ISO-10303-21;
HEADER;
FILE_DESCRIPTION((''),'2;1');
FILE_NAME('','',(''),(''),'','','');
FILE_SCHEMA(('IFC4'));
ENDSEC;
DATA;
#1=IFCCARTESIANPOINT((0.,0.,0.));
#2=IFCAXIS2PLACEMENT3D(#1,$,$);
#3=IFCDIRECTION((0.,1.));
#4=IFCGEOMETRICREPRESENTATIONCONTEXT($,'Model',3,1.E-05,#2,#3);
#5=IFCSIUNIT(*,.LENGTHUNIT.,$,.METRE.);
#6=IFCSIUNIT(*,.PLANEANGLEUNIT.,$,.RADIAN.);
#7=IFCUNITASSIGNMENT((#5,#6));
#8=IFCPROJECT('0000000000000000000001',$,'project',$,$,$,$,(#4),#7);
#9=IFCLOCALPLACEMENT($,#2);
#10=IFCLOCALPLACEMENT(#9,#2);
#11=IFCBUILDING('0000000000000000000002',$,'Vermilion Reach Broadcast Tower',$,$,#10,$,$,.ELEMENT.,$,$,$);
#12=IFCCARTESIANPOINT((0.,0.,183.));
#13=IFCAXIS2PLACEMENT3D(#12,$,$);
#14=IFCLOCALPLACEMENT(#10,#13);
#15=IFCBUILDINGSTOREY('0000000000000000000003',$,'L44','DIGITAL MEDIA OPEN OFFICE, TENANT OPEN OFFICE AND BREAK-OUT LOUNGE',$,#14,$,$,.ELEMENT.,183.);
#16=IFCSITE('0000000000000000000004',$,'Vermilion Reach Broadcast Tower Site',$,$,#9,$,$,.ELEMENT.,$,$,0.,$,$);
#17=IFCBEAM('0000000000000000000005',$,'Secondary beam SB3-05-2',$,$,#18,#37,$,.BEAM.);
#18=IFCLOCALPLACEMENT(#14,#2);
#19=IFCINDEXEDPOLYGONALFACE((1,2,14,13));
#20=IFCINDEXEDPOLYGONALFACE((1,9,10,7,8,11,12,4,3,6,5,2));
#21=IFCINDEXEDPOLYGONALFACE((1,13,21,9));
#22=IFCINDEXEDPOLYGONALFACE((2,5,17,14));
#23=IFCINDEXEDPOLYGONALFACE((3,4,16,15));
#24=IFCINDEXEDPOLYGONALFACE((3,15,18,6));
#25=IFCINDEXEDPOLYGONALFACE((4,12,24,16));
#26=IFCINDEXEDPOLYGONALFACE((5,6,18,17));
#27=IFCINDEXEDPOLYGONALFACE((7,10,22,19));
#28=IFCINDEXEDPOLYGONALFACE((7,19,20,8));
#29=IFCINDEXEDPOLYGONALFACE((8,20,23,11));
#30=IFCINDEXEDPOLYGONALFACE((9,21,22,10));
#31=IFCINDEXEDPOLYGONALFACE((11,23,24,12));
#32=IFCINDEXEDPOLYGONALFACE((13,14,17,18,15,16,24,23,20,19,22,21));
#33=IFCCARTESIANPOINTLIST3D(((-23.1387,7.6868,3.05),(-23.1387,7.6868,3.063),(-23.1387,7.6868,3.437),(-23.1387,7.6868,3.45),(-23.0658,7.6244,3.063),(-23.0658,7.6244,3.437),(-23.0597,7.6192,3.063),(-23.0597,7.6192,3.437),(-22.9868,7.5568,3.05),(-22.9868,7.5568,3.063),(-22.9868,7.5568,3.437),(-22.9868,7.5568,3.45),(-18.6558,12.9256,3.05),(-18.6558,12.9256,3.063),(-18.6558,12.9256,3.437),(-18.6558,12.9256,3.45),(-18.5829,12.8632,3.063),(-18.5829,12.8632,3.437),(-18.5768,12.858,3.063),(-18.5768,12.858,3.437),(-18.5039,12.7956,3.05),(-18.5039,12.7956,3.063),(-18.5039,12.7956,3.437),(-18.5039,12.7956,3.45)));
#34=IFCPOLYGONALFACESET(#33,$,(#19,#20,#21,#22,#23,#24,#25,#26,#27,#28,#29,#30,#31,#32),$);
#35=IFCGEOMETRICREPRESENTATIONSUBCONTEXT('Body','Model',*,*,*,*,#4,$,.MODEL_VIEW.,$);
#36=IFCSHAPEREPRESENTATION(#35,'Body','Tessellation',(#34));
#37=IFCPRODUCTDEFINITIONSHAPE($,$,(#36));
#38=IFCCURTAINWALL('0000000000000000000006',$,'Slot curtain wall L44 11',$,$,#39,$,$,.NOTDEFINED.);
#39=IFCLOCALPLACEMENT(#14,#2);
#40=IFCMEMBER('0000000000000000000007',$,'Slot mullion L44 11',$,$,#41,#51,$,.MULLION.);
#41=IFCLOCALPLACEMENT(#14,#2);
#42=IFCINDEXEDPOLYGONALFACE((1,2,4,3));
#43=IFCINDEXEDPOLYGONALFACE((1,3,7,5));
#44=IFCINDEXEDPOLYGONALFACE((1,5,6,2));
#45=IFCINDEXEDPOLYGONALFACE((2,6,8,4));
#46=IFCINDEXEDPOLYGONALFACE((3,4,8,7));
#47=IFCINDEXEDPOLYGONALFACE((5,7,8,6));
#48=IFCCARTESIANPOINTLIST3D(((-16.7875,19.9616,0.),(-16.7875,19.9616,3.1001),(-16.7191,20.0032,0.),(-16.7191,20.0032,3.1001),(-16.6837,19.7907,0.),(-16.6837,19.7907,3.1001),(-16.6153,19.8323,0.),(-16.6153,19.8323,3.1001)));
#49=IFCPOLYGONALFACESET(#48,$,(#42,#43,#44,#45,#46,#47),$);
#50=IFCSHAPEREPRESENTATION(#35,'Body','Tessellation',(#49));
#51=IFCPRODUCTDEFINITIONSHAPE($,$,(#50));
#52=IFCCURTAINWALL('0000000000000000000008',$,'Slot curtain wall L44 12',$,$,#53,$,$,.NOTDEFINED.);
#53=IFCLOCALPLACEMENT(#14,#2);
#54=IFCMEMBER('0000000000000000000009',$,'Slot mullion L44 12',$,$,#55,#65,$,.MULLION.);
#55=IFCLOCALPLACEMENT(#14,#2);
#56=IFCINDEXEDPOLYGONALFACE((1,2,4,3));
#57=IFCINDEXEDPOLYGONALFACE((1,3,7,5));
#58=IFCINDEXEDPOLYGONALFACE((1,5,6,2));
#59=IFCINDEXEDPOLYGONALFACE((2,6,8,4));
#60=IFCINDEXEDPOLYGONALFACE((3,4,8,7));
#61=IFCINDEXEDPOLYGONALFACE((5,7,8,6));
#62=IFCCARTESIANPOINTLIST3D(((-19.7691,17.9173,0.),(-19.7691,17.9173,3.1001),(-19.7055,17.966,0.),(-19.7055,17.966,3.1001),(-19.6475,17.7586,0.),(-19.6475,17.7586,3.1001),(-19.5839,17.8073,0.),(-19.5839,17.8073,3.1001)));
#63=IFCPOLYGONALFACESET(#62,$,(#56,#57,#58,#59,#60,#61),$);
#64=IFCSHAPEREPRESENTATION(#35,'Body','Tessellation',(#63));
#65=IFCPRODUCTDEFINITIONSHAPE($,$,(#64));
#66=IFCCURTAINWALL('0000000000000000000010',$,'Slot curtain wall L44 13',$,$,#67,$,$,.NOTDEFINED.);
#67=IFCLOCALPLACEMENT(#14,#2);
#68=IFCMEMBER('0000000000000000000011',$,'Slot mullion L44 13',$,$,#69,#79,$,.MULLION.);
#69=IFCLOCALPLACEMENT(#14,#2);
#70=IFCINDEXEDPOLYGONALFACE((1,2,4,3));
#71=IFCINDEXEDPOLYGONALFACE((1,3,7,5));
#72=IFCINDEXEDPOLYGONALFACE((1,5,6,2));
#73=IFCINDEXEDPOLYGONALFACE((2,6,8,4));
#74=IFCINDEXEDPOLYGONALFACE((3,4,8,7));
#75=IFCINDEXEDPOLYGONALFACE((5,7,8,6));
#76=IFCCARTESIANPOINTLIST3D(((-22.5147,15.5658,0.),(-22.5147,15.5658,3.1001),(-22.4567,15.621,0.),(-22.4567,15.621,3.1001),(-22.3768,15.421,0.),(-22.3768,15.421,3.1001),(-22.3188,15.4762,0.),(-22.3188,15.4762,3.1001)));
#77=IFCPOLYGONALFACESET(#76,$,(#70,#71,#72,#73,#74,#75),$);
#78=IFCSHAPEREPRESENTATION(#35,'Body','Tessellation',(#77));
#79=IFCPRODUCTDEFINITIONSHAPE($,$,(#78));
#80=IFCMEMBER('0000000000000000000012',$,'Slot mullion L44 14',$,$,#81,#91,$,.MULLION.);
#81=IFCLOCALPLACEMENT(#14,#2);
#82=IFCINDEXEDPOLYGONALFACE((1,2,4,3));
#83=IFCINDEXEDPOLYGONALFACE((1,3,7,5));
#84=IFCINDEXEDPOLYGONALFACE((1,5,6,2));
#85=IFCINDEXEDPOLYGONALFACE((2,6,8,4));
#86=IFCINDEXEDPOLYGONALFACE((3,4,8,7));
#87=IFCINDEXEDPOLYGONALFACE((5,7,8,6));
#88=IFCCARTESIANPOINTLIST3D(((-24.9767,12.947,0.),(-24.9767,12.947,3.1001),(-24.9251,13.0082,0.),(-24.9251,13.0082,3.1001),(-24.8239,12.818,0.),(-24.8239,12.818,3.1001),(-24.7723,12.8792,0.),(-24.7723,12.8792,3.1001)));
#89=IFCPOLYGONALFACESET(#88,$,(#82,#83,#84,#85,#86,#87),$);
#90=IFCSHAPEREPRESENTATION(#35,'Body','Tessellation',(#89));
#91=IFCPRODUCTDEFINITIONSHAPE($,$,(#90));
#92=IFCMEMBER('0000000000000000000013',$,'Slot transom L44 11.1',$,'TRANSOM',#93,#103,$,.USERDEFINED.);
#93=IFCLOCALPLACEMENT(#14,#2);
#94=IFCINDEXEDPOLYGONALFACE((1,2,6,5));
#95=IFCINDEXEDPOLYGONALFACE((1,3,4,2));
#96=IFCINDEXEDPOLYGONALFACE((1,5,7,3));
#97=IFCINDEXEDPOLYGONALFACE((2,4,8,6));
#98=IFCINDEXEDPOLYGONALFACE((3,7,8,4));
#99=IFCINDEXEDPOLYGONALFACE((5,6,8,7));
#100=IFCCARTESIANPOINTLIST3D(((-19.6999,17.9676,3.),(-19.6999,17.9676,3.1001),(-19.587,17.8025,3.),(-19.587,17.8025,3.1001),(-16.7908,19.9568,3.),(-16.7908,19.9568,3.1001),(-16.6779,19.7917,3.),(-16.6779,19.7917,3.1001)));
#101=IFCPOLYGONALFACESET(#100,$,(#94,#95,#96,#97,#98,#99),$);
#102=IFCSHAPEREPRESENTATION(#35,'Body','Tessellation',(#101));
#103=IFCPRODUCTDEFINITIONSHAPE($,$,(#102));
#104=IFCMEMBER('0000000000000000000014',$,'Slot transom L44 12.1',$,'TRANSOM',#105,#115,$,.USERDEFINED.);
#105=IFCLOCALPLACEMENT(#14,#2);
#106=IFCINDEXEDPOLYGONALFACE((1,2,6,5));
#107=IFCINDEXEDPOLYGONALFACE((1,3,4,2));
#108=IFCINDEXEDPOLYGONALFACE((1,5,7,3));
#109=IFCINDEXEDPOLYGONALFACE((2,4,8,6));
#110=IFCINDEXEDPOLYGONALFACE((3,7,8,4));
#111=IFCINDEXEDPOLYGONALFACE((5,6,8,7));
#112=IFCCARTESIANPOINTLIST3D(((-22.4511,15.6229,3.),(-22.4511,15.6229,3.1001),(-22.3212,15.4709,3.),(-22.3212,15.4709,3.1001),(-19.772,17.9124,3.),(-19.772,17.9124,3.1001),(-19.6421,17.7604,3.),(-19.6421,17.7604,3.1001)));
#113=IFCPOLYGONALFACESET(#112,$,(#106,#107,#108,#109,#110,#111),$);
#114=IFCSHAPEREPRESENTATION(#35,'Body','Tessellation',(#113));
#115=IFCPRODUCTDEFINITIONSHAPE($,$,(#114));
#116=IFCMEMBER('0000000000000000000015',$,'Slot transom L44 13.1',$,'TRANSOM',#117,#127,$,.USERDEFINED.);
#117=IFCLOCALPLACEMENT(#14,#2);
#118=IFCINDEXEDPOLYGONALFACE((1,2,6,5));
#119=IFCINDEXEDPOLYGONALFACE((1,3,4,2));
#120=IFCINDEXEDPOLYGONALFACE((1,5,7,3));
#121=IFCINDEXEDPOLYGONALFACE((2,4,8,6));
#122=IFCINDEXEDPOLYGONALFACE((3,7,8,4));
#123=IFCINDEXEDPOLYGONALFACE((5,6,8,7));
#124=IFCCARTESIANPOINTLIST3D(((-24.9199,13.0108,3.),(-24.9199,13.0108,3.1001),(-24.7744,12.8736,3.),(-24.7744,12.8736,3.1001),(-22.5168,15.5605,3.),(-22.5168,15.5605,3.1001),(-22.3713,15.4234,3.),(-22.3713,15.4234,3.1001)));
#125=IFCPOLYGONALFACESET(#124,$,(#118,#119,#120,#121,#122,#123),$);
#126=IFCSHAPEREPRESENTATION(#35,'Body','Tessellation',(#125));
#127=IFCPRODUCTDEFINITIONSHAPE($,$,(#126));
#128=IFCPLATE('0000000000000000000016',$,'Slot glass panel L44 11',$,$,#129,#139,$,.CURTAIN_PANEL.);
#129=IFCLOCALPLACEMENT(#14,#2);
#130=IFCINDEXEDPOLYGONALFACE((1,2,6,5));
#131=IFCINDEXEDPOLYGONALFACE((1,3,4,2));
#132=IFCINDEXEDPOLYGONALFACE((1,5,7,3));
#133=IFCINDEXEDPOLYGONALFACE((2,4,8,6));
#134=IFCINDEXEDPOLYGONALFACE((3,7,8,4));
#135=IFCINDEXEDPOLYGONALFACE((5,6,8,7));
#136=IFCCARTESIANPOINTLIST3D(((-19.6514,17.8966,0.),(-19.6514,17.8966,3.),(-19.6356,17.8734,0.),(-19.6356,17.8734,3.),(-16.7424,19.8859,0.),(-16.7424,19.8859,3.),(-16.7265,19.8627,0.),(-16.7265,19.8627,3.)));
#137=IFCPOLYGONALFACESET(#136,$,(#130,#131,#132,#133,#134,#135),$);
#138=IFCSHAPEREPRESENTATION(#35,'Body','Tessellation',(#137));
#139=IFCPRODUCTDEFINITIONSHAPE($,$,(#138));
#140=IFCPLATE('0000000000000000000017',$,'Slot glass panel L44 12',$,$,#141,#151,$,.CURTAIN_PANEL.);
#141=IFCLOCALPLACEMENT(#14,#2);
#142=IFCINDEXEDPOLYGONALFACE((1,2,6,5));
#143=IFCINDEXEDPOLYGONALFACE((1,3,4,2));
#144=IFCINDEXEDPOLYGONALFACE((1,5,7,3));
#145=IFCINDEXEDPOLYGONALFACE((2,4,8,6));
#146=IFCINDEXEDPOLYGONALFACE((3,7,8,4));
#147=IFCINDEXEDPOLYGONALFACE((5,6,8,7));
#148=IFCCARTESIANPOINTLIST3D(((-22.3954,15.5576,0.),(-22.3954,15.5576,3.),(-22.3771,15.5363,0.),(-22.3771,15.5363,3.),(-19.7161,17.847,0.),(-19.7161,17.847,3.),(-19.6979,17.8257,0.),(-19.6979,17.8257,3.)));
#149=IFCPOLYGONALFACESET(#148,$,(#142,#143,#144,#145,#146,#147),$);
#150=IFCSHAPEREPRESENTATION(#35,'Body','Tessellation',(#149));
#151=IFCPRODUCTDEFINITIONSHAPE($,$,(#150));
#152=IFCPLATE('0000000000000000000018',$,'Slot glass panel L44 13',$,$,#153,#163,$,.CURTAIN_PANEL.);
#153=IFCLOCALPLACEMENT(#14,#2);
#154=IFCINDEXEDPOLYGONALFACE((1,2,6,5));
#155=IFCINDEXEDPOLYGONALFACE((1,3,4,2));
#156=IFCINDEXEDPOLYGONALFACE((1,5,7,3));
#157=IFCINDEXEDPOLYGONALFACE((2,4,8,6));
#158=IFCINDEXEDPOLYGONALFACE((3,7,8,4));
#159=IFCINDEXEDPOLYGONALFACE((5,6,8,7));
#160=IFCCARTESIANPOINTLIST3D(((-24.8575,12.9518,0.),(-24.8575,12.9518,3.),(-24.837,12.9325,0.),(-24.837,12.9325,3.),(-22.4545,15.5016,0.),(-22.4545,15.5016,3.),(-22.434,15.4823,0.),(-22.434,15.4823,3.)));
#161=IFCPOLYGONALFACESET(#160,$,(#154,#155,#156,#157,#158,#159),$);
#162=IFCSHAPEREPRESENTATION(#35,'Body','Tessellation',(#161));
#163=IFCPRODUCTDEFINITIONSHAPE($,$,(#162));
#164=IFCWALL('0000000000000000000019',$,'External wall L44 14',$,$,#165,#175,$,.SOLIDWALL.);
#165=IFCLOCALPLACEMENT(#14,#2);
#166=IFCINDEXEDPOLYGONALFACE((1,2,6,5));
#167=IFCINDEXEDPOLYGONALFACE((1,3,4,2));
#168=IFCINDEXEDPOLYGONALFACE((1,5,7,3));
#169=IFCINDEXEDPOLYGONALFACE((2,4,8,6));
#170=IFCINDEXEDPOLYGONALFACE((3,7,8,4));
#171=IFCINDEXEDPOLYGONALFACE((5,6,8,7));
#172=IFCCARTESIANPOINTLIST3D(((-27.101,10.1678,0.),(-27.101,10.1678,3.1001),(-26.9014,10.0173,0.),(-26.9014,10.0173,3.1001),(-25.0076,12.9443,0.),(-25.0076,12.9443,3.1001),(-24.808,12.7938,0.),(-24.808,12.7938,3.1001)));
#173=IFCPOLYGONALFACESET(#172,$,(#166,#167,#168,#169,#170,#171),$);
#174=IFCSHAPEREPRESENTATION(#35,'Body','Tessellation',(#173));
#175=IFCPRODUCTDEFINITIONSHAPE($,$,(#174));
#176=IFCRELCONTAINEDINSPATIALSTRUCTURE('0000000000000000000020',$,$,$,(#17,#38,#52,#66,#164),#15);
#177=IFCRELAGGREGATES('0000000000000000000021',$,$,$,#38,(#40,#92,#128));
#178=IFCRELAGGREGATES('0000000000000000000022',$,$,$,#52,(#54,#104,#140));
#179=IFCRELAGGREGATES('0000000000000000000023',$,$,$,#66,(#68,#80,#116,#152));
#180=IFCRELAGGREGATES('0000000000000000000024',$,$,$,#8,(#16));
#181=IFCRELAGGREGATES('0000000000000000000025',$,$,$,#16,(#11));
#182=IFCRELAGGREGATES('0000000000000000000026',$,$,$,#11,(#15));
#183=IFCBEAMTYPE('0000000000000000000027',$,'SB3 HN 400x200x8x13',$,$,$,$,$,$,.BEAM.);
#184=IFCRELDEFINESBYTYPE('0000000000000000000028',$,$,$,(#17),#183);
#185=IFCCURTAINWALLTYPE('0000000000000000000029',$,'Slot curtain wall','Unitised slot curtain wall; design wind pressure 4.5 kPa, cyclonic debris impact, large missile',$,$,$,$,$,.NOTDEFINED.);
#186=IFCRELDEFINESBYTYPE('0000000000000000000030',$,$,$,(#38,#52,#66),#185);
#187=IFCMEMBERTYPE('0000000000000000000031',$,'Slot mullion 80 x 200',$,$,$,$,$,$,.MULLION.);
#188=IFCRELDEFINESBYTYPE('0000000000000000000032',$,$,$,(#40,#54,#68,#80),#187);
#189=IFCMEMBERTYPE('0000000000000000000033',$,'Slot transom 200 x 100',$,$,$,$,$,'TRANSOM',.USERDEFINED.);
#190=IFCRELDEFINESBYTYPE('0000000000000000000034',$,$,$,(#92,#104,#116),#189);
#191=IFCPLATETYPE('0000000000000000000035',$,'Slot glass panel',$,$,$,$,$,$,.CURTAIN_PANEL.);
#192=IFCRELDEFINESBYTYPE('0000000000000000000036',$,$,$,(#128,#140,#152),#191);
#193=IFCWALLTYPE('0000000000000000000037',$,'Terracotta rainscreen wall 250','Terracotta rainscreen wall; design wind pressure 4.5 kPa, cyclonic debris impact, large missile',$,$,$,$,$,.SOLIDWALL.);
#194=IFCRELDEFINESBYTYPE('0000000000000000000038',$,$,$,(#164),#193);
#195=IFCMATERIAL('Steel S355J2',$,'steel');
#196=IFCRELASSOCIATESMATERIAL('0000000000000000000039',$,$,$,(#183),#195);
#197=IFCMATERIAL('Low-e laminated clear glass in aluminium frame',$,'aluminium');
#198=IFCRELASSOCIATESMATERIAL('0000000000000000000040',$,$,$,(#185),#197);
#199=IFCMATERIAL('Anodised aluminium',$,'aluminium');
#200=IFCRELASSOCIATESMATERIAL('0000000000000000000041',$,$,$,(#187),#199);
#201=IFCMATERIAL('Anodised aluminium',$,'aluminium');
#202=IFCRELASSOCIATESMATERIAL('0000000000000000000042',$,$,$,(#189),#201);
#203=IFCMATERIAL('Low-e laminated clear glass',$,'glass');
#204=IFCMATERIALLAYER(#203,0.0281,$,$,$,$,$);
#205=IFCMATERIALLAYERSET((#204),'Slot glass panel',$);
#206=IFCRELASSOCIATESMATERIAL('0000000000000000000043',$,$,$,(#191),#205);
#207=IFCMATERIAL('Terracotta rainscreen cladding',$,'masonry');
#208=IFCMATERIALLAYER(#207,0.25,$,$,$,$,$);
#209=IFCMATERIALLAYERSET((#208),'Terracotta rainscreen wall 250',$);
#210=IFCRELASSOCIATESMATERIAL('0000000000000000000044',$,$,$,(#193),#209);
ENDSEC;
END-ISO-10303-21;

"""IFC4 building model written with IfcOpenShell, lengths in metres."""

from ifc_helpers import new_model, si_unit, direction, frame, frame_2d, origin, origin_2d, place, context, subcontext, project, spatial, rectangle, i_section, extrude, material, layer, layer_set, material_profile, profile_set, type_object, element, aggregate, save


model = new_model("IFC4")

# Units and contexts
model_context = context("Model", 3, precision=1e-05, world=origin(), true_north=direction((0.0, 1.0)))
body_context = subcontext(model_context, "Body", "Model", "MODEL_VIEW")
ifc_project = project(units=[si_unit("LENGTHUNIT", "METRE"), si_unit("PLANEANGLEUNIT", "RADIAN")], contexts=[model_context])

# Site, building, storey
site_placement = place(None, origin())
site = spatial("IfcSite", under=ifc_project, at=site_placement, Name="Vermilion Reach Broadcast Tower Site", CompositionType="ELEMENT", RefElevation=0.0)
building_placement = place(site_placement, origin())
building = spatial("IfcBuilding", under=site, at=building_placement, Name="Vermilion Reach Broadcast Tower", CompositionType="ELEMENT")
storey_placement = place(building_placement, frame((0.0, 0.0, 183.0)))
storey = spatial("IfcBuildingStorey", under=building, at=storey_placement, Name="L44", Description="DIGITAL MEDIA OPEN OFFICE, TENANT OPEN OFFICE AND BREAK-OUT LOUNGE", CompositionType="ELEMENT", Elevation=183.0)

# Beam
ifc_material_1 = material(Name="Steel S355J2", Category="steel")
ifc_material_profile_1 = material_profile(ifc_material_1, i_section(OverallWidth=0.2, OverallDepth=0.3999, WebThickness=0.0081, FlangeThickness=0.0129, at=origin_2d()), Name="S355J2 HN 400x200x8x13")
ifc_profile_set_1 = profile_set([ifc_material_profile_1], Name="Steel S355J2")
beam_type_1 = type_object("IfcBeamType", Name="SB3 HN 400x200x8x13", PredefinedType="BEAM", material=ifc_profile_set_1)
beam_1_placement = place(storey_placement, frame((-18.5798, 12.8606, 3.25), z_axis=(-0.650167, -0.759791, 0.0), x_axis=(0.759791, -0.650167, 0.0)))
element("IfcBeam", 1, at=beam_1_placement, inside=storey, type_object=beam_type_1, Name="Secondary beam SB3-05-2", PredefinedType="BEAM", context=body_context, shape_type="SweptSolid", body=[
    extrude(i_section(OverallWidth=0.2, OverallDepth=0.3999, WebThickness=0.0081, FlangeThickness=0.0129, at=origin_2d()), origin(), (0.0, 0.0, 1.0), 6.895),
])

# Curtain walls, members
ifc_material_2 = material(Name="Low-e laminated clear glass in aluminium frame", Category="aluminium")
curtain_wall_type = type_object("IfcCurtainWallType", Name="Slot curtain wall", Description="Unitised slot curtain wall; design wind pressure 4.5 kPa, cyclonic debris impact, large missile", PredefinedType="NOTDEFINED", material=ifc_material_2)
placement = place(storey_placement, origin())
curtain_wall_1 = element("IfcCurtainWall", 2, at=placement, inside=storey, type_object=curtain_wall_type, Name="Slot curtain wall L44 11", PredefinedType="NOTDEFINED")
ifc_material_3 = material(Name="Anodised aluminium", Category="aluminium")
ifc_material_profile_2 = material_profile(ifc_material_3, rectangle(XDim=0.2, YDim=0.0801, at=origin_2d()), Name="Slot mullion 80 x 200")
ifc_profile_set_2 = profile_set([ifc_material_profile_2], Name="Anodised aluminium")
member_type_1 = type_object("IfcMemberType", Name="Slot mullion 80 x 200", PredefinedType="MULLION", material=ifc_profile_set_2)
member_1_placement = place(storey_placement, frame((-16.7014, 19.897, 0.0), z_axis=(0.0, 0.0, 1.0), x_axis=(0.519132, -0.854694, 0.0)))
member_1 = element("IfcMember", 3, at=member_1_placement, type_object=member_type_1, Name="Slot mullion L44 11", PredefinedType="MULLION", context=body_context, shape_type="SweptSolid", body=[
    extrude(rectangle(XDim=0.2, YDim=0.0801, at=origin_2d()), origin(), (0.0, 0.0, 1.0), 3.1001),
])
curtain_wall_2 = element("IfcCurtainWall", 4, at=placement, inside=storey, type_object=curtain_wall_type, Name="Slot curtain wall L44 12", PredefinedType="NOTDEFINED")
member_2_placement = place(storey_placement, frame((-19.6765, 17.8623, 0.0), z_axis=(0.0, 0.0, 1.0), x_axis=(0.60793, -0.79399, 0.0)))
member_2 = element("IfcMember", 5, at=member_2_placement, type_object=member_type_1, Name="Slot mullion L44 12", PredefinedType="MULLION", context=body_context, shape_type="SweptSolid", body=[
    extrude(rectangle(XDim=0.2, YDim=0.0801, at=origin_2d()), origin(), (0.0, 0.0, 1.0), 3.1001),
])

# Curtain wall, members
curtain_wall_3 = element("IfcCurtainWall", 6, at=placement, inside=storey, type_object=curtain_wall_type, Name="Slot curtain wall L44 13", PredefinedType="NOTDEFINED")
member_3_placement = place(storey_placement, frame((-22.4167, 15.521, 0.0), z_axis=(0.0, 0.0, 1.0), x_axis=(0.689694, -0.724101, 0.0)))
member_3 = element("IfcMember", 7, at=member_3_placement, type_object=member_type_1, Name="Slot mullion L44 13", PredefinedType="MULLION", context=body_context, shape_type="SweptSolid", body=[
    extrude(rectangle(XDim=0.2, YDim=0.0801, at=origin_2d()), origin(), (0.0, 0.0, 1.0), 3.1001),
])
member_4_placement = place(storey_placement, frame((-24.8745, 12.9131, 0.0), z_axis=(0.0, 0.0, 1.0), x_axis=(0.764258, -0.644911, 0.0)))
member_4 = element("IfcMember", 8, at=member_4_placement, type_object=member_type_1, Name="Slot mullion L44 14", PredefinedType="MULLION", context=body_context, shape_type="SweptSolid", body=[
    extrude(rectangle(XDim=0.2, YDim=0.0801, at=origin_2d()), origin(), (0.0, 0.0, 1.0), 3.1001),
])

# Members
ifc_material_4 = material(Name="Anodised aluminium", Category="aluminium")
ifc_material_profile_3 = material_profile(ifc_material_4, rectangle(XDim=0.2, YDim=0.1001, at=origin_2d()), Name="Slot transom 200 x 100")
ifc_profile_set_3 = profile_set([ifc_material_profile_3], Name="Anodised aluminium")
member_type_2 = type_object("IfcMemberType", Name="Slot transom 200 x 100", ElementType="TRANSOM", PredefinedType="USERDEFINED", material=ifc_profile_set_3)
member_5_placement = place(storey_placement, frame((-16.7344, 19.8743, 3.05), z_axis=(-0.82547, -0.564445, 0.0), x_axis=(0.564445, -0.82547, 0.0)))
member_5 = element("IfcMember", 9, at=member_5_placement, type_object=member_type_2, Name="Slot transom L44 11.1", ObjectType="TRANSOM", PredefinedType="USERDEFINED", context=body_context, shape_type="SweptSolid", body=[
    extrude(rectangle(XDim=0.2, YDim=0.1001, at=origin_2d()), origin(), (0.0, 0.0, 1.0), 3.5242),
])
member_6_placement = place(storey_placement, frame((-19.707, 17.8364, 3.05), z_axis=(-0.760224, -0.649661, 0.0), x_axis=(0.649661, -0.760224, 0.0)))
member_6 = element("IfcMember", 10, at=member_6_placement, type_object=member_type_2, Name="Slot transom L44 12.1", ObjectType="TRANSOM", PredefinedType="USERDEFINED", context=body_context, shape_type="SweptSolid", body=[
    extrude(rectangle(XDim=0.2, YDim=0.1001, at=origin_2d()), origin(), (0.0, 0.0, 1.0), 3.5242),
])
member_7_placement = place(storey_placement, frame((-22.4441, 15.4919, 3.05), z_axis=(-0.685858, -0.727735, 0.0), x_axis=(0.727735, -0.685858, 0.0)))
member_7 = element("IfcMember", 11, at=member_7_placement, type_object=member_type_2, Name="Slot transom L44 13.1", ObjectType="TRANSOM", PredefinedType="USERDEFINED", context=body_context, shape_type="SweptSolid", body=[
    extrude(rectangle(XDim=0.2, YDim=0.1001, at=origin_2d()), origin(), (0.0, 0.0, 1.0), 3.5037),
])

# Plates
ifc_material_5 = material(Name="Low-e laminated clear glass", Category="glass")
ifc_layer_1 = layer(ifc_material_5, 0.0281)
ifc_layer_set_1 = layer_set([ifc_layer_1], Name="Slot glass panel")
plate_type = type_object("IfcPlateType", Name="Slot glass panel", PredefinedType="CURTAIN_PANEL", material=ifc_layer_set_1)
plate_1_placement = place(storey_placement, frame((-18.189, 18.8796, 0.0), z_axis=(0.0, 0.0, 1.0), x_axis=(-0.825452, -0.564473, 0.0)))
plate_1 = element("IfcPlate", 12, at=plate_1_placement, type_object=plate_type, Name="Slot glass panel L44 11", PredefinedType="CURTAIN_PANEL", context=body_context, shape_type="SweptSolid", body=[
    extrude(rectangle(XDim=3.5242, YDim=0.0281, at=origin_2d()), origin(), (0.0, 0.0, 1.0), 3.0),
])
aggregate(curtain_wall_1, [member_1, member_5, plate_1])
plate_2_placement = place(storey_placement, frame((-21.0466, 16.6917, 0.0), z_axis=(0.0, 0.0, 1.0), x_axis=(-0.760244, -0.649638, 0.0)))
plate_2 = element("IfcPlate", 13, at=plate_2_placement, type_object=plate_type, Name="Slot glass panel L44 12", PredefinedType="CURTAIN_PANEL", context=body_context, shape_type="SweptSolid", body=[
    extrude(rectangle(XDim=3.5242, YDim=0.0281, at=origin_2d()), origin(), (0.0, 0.0, 1.0), 3.0),
])
aggregate(curtain_wall_2, [member_2, member_6, plate_2])
plate_3_placement = place(storey_placement, frame((-23.6458, 14.217, 0.0), z_axis=(0.0, 0.0, 1.0), x_axis=(-0.68585, -0.727743, 0.0)))
plate_3 = element("IfcPlate", 14, at=plate_3_placement, type_object=plate_type, Name="Slot glass panel L44 13", PredefinedType="CURTAIN_PANEL", context=body_context, shape_type="SweptSolid", body=[
    extrude(rectangle(XDim=3.5037, YDim=0.0281, at=origin_2d()), origin(), (0.0, 0.0, 1.0), 3.0),
])
aggregate(curtain_wall_3, [member_3, member_4, member_7, plate_3])

# Wall
ifc_material_6 = material(Name="Terracotta rainscreen cladding", Category="masonry")
ifc_layer_2 = layer(ifc_material_6, 0.25)
ifc_layer_set_2 = layer_set([ifc_layer_2], Name="Terracotta rainscreen wall 250")
wall_type = type_object("IfcWallType", Name="Terracotta rainscreen wall 250", Description="Terracotta rainscreen wall; design wind pressure 4.5 kPa, cyclonic debris impact, large missile", PredefinedType="SOLIDWALL", material=ifc_layer_set_2)
wall_placement = place(storey_placement, frame((-24.9077, 12.8691, 0.0), z_axis=(0.0, 0.0, 1.0), x_axis=(-0.602031, -0.798473, 0.0)))
element("IfcWall", 15, at=wall_placement, inside=storey, type_object=wall_type, Name="External wall L44 14", PredefinedType="SOLIDWALL", context=body_context, shape_type="SweptSolid", body=[
    extrude(rectangle(XDim=3.4773, YDim=0.25, at=frame_2d((1.7388, 0.0))), origin(), (0.0, 0.0, 1.0), 3.1001),
])

save(model, "model.ifc")
